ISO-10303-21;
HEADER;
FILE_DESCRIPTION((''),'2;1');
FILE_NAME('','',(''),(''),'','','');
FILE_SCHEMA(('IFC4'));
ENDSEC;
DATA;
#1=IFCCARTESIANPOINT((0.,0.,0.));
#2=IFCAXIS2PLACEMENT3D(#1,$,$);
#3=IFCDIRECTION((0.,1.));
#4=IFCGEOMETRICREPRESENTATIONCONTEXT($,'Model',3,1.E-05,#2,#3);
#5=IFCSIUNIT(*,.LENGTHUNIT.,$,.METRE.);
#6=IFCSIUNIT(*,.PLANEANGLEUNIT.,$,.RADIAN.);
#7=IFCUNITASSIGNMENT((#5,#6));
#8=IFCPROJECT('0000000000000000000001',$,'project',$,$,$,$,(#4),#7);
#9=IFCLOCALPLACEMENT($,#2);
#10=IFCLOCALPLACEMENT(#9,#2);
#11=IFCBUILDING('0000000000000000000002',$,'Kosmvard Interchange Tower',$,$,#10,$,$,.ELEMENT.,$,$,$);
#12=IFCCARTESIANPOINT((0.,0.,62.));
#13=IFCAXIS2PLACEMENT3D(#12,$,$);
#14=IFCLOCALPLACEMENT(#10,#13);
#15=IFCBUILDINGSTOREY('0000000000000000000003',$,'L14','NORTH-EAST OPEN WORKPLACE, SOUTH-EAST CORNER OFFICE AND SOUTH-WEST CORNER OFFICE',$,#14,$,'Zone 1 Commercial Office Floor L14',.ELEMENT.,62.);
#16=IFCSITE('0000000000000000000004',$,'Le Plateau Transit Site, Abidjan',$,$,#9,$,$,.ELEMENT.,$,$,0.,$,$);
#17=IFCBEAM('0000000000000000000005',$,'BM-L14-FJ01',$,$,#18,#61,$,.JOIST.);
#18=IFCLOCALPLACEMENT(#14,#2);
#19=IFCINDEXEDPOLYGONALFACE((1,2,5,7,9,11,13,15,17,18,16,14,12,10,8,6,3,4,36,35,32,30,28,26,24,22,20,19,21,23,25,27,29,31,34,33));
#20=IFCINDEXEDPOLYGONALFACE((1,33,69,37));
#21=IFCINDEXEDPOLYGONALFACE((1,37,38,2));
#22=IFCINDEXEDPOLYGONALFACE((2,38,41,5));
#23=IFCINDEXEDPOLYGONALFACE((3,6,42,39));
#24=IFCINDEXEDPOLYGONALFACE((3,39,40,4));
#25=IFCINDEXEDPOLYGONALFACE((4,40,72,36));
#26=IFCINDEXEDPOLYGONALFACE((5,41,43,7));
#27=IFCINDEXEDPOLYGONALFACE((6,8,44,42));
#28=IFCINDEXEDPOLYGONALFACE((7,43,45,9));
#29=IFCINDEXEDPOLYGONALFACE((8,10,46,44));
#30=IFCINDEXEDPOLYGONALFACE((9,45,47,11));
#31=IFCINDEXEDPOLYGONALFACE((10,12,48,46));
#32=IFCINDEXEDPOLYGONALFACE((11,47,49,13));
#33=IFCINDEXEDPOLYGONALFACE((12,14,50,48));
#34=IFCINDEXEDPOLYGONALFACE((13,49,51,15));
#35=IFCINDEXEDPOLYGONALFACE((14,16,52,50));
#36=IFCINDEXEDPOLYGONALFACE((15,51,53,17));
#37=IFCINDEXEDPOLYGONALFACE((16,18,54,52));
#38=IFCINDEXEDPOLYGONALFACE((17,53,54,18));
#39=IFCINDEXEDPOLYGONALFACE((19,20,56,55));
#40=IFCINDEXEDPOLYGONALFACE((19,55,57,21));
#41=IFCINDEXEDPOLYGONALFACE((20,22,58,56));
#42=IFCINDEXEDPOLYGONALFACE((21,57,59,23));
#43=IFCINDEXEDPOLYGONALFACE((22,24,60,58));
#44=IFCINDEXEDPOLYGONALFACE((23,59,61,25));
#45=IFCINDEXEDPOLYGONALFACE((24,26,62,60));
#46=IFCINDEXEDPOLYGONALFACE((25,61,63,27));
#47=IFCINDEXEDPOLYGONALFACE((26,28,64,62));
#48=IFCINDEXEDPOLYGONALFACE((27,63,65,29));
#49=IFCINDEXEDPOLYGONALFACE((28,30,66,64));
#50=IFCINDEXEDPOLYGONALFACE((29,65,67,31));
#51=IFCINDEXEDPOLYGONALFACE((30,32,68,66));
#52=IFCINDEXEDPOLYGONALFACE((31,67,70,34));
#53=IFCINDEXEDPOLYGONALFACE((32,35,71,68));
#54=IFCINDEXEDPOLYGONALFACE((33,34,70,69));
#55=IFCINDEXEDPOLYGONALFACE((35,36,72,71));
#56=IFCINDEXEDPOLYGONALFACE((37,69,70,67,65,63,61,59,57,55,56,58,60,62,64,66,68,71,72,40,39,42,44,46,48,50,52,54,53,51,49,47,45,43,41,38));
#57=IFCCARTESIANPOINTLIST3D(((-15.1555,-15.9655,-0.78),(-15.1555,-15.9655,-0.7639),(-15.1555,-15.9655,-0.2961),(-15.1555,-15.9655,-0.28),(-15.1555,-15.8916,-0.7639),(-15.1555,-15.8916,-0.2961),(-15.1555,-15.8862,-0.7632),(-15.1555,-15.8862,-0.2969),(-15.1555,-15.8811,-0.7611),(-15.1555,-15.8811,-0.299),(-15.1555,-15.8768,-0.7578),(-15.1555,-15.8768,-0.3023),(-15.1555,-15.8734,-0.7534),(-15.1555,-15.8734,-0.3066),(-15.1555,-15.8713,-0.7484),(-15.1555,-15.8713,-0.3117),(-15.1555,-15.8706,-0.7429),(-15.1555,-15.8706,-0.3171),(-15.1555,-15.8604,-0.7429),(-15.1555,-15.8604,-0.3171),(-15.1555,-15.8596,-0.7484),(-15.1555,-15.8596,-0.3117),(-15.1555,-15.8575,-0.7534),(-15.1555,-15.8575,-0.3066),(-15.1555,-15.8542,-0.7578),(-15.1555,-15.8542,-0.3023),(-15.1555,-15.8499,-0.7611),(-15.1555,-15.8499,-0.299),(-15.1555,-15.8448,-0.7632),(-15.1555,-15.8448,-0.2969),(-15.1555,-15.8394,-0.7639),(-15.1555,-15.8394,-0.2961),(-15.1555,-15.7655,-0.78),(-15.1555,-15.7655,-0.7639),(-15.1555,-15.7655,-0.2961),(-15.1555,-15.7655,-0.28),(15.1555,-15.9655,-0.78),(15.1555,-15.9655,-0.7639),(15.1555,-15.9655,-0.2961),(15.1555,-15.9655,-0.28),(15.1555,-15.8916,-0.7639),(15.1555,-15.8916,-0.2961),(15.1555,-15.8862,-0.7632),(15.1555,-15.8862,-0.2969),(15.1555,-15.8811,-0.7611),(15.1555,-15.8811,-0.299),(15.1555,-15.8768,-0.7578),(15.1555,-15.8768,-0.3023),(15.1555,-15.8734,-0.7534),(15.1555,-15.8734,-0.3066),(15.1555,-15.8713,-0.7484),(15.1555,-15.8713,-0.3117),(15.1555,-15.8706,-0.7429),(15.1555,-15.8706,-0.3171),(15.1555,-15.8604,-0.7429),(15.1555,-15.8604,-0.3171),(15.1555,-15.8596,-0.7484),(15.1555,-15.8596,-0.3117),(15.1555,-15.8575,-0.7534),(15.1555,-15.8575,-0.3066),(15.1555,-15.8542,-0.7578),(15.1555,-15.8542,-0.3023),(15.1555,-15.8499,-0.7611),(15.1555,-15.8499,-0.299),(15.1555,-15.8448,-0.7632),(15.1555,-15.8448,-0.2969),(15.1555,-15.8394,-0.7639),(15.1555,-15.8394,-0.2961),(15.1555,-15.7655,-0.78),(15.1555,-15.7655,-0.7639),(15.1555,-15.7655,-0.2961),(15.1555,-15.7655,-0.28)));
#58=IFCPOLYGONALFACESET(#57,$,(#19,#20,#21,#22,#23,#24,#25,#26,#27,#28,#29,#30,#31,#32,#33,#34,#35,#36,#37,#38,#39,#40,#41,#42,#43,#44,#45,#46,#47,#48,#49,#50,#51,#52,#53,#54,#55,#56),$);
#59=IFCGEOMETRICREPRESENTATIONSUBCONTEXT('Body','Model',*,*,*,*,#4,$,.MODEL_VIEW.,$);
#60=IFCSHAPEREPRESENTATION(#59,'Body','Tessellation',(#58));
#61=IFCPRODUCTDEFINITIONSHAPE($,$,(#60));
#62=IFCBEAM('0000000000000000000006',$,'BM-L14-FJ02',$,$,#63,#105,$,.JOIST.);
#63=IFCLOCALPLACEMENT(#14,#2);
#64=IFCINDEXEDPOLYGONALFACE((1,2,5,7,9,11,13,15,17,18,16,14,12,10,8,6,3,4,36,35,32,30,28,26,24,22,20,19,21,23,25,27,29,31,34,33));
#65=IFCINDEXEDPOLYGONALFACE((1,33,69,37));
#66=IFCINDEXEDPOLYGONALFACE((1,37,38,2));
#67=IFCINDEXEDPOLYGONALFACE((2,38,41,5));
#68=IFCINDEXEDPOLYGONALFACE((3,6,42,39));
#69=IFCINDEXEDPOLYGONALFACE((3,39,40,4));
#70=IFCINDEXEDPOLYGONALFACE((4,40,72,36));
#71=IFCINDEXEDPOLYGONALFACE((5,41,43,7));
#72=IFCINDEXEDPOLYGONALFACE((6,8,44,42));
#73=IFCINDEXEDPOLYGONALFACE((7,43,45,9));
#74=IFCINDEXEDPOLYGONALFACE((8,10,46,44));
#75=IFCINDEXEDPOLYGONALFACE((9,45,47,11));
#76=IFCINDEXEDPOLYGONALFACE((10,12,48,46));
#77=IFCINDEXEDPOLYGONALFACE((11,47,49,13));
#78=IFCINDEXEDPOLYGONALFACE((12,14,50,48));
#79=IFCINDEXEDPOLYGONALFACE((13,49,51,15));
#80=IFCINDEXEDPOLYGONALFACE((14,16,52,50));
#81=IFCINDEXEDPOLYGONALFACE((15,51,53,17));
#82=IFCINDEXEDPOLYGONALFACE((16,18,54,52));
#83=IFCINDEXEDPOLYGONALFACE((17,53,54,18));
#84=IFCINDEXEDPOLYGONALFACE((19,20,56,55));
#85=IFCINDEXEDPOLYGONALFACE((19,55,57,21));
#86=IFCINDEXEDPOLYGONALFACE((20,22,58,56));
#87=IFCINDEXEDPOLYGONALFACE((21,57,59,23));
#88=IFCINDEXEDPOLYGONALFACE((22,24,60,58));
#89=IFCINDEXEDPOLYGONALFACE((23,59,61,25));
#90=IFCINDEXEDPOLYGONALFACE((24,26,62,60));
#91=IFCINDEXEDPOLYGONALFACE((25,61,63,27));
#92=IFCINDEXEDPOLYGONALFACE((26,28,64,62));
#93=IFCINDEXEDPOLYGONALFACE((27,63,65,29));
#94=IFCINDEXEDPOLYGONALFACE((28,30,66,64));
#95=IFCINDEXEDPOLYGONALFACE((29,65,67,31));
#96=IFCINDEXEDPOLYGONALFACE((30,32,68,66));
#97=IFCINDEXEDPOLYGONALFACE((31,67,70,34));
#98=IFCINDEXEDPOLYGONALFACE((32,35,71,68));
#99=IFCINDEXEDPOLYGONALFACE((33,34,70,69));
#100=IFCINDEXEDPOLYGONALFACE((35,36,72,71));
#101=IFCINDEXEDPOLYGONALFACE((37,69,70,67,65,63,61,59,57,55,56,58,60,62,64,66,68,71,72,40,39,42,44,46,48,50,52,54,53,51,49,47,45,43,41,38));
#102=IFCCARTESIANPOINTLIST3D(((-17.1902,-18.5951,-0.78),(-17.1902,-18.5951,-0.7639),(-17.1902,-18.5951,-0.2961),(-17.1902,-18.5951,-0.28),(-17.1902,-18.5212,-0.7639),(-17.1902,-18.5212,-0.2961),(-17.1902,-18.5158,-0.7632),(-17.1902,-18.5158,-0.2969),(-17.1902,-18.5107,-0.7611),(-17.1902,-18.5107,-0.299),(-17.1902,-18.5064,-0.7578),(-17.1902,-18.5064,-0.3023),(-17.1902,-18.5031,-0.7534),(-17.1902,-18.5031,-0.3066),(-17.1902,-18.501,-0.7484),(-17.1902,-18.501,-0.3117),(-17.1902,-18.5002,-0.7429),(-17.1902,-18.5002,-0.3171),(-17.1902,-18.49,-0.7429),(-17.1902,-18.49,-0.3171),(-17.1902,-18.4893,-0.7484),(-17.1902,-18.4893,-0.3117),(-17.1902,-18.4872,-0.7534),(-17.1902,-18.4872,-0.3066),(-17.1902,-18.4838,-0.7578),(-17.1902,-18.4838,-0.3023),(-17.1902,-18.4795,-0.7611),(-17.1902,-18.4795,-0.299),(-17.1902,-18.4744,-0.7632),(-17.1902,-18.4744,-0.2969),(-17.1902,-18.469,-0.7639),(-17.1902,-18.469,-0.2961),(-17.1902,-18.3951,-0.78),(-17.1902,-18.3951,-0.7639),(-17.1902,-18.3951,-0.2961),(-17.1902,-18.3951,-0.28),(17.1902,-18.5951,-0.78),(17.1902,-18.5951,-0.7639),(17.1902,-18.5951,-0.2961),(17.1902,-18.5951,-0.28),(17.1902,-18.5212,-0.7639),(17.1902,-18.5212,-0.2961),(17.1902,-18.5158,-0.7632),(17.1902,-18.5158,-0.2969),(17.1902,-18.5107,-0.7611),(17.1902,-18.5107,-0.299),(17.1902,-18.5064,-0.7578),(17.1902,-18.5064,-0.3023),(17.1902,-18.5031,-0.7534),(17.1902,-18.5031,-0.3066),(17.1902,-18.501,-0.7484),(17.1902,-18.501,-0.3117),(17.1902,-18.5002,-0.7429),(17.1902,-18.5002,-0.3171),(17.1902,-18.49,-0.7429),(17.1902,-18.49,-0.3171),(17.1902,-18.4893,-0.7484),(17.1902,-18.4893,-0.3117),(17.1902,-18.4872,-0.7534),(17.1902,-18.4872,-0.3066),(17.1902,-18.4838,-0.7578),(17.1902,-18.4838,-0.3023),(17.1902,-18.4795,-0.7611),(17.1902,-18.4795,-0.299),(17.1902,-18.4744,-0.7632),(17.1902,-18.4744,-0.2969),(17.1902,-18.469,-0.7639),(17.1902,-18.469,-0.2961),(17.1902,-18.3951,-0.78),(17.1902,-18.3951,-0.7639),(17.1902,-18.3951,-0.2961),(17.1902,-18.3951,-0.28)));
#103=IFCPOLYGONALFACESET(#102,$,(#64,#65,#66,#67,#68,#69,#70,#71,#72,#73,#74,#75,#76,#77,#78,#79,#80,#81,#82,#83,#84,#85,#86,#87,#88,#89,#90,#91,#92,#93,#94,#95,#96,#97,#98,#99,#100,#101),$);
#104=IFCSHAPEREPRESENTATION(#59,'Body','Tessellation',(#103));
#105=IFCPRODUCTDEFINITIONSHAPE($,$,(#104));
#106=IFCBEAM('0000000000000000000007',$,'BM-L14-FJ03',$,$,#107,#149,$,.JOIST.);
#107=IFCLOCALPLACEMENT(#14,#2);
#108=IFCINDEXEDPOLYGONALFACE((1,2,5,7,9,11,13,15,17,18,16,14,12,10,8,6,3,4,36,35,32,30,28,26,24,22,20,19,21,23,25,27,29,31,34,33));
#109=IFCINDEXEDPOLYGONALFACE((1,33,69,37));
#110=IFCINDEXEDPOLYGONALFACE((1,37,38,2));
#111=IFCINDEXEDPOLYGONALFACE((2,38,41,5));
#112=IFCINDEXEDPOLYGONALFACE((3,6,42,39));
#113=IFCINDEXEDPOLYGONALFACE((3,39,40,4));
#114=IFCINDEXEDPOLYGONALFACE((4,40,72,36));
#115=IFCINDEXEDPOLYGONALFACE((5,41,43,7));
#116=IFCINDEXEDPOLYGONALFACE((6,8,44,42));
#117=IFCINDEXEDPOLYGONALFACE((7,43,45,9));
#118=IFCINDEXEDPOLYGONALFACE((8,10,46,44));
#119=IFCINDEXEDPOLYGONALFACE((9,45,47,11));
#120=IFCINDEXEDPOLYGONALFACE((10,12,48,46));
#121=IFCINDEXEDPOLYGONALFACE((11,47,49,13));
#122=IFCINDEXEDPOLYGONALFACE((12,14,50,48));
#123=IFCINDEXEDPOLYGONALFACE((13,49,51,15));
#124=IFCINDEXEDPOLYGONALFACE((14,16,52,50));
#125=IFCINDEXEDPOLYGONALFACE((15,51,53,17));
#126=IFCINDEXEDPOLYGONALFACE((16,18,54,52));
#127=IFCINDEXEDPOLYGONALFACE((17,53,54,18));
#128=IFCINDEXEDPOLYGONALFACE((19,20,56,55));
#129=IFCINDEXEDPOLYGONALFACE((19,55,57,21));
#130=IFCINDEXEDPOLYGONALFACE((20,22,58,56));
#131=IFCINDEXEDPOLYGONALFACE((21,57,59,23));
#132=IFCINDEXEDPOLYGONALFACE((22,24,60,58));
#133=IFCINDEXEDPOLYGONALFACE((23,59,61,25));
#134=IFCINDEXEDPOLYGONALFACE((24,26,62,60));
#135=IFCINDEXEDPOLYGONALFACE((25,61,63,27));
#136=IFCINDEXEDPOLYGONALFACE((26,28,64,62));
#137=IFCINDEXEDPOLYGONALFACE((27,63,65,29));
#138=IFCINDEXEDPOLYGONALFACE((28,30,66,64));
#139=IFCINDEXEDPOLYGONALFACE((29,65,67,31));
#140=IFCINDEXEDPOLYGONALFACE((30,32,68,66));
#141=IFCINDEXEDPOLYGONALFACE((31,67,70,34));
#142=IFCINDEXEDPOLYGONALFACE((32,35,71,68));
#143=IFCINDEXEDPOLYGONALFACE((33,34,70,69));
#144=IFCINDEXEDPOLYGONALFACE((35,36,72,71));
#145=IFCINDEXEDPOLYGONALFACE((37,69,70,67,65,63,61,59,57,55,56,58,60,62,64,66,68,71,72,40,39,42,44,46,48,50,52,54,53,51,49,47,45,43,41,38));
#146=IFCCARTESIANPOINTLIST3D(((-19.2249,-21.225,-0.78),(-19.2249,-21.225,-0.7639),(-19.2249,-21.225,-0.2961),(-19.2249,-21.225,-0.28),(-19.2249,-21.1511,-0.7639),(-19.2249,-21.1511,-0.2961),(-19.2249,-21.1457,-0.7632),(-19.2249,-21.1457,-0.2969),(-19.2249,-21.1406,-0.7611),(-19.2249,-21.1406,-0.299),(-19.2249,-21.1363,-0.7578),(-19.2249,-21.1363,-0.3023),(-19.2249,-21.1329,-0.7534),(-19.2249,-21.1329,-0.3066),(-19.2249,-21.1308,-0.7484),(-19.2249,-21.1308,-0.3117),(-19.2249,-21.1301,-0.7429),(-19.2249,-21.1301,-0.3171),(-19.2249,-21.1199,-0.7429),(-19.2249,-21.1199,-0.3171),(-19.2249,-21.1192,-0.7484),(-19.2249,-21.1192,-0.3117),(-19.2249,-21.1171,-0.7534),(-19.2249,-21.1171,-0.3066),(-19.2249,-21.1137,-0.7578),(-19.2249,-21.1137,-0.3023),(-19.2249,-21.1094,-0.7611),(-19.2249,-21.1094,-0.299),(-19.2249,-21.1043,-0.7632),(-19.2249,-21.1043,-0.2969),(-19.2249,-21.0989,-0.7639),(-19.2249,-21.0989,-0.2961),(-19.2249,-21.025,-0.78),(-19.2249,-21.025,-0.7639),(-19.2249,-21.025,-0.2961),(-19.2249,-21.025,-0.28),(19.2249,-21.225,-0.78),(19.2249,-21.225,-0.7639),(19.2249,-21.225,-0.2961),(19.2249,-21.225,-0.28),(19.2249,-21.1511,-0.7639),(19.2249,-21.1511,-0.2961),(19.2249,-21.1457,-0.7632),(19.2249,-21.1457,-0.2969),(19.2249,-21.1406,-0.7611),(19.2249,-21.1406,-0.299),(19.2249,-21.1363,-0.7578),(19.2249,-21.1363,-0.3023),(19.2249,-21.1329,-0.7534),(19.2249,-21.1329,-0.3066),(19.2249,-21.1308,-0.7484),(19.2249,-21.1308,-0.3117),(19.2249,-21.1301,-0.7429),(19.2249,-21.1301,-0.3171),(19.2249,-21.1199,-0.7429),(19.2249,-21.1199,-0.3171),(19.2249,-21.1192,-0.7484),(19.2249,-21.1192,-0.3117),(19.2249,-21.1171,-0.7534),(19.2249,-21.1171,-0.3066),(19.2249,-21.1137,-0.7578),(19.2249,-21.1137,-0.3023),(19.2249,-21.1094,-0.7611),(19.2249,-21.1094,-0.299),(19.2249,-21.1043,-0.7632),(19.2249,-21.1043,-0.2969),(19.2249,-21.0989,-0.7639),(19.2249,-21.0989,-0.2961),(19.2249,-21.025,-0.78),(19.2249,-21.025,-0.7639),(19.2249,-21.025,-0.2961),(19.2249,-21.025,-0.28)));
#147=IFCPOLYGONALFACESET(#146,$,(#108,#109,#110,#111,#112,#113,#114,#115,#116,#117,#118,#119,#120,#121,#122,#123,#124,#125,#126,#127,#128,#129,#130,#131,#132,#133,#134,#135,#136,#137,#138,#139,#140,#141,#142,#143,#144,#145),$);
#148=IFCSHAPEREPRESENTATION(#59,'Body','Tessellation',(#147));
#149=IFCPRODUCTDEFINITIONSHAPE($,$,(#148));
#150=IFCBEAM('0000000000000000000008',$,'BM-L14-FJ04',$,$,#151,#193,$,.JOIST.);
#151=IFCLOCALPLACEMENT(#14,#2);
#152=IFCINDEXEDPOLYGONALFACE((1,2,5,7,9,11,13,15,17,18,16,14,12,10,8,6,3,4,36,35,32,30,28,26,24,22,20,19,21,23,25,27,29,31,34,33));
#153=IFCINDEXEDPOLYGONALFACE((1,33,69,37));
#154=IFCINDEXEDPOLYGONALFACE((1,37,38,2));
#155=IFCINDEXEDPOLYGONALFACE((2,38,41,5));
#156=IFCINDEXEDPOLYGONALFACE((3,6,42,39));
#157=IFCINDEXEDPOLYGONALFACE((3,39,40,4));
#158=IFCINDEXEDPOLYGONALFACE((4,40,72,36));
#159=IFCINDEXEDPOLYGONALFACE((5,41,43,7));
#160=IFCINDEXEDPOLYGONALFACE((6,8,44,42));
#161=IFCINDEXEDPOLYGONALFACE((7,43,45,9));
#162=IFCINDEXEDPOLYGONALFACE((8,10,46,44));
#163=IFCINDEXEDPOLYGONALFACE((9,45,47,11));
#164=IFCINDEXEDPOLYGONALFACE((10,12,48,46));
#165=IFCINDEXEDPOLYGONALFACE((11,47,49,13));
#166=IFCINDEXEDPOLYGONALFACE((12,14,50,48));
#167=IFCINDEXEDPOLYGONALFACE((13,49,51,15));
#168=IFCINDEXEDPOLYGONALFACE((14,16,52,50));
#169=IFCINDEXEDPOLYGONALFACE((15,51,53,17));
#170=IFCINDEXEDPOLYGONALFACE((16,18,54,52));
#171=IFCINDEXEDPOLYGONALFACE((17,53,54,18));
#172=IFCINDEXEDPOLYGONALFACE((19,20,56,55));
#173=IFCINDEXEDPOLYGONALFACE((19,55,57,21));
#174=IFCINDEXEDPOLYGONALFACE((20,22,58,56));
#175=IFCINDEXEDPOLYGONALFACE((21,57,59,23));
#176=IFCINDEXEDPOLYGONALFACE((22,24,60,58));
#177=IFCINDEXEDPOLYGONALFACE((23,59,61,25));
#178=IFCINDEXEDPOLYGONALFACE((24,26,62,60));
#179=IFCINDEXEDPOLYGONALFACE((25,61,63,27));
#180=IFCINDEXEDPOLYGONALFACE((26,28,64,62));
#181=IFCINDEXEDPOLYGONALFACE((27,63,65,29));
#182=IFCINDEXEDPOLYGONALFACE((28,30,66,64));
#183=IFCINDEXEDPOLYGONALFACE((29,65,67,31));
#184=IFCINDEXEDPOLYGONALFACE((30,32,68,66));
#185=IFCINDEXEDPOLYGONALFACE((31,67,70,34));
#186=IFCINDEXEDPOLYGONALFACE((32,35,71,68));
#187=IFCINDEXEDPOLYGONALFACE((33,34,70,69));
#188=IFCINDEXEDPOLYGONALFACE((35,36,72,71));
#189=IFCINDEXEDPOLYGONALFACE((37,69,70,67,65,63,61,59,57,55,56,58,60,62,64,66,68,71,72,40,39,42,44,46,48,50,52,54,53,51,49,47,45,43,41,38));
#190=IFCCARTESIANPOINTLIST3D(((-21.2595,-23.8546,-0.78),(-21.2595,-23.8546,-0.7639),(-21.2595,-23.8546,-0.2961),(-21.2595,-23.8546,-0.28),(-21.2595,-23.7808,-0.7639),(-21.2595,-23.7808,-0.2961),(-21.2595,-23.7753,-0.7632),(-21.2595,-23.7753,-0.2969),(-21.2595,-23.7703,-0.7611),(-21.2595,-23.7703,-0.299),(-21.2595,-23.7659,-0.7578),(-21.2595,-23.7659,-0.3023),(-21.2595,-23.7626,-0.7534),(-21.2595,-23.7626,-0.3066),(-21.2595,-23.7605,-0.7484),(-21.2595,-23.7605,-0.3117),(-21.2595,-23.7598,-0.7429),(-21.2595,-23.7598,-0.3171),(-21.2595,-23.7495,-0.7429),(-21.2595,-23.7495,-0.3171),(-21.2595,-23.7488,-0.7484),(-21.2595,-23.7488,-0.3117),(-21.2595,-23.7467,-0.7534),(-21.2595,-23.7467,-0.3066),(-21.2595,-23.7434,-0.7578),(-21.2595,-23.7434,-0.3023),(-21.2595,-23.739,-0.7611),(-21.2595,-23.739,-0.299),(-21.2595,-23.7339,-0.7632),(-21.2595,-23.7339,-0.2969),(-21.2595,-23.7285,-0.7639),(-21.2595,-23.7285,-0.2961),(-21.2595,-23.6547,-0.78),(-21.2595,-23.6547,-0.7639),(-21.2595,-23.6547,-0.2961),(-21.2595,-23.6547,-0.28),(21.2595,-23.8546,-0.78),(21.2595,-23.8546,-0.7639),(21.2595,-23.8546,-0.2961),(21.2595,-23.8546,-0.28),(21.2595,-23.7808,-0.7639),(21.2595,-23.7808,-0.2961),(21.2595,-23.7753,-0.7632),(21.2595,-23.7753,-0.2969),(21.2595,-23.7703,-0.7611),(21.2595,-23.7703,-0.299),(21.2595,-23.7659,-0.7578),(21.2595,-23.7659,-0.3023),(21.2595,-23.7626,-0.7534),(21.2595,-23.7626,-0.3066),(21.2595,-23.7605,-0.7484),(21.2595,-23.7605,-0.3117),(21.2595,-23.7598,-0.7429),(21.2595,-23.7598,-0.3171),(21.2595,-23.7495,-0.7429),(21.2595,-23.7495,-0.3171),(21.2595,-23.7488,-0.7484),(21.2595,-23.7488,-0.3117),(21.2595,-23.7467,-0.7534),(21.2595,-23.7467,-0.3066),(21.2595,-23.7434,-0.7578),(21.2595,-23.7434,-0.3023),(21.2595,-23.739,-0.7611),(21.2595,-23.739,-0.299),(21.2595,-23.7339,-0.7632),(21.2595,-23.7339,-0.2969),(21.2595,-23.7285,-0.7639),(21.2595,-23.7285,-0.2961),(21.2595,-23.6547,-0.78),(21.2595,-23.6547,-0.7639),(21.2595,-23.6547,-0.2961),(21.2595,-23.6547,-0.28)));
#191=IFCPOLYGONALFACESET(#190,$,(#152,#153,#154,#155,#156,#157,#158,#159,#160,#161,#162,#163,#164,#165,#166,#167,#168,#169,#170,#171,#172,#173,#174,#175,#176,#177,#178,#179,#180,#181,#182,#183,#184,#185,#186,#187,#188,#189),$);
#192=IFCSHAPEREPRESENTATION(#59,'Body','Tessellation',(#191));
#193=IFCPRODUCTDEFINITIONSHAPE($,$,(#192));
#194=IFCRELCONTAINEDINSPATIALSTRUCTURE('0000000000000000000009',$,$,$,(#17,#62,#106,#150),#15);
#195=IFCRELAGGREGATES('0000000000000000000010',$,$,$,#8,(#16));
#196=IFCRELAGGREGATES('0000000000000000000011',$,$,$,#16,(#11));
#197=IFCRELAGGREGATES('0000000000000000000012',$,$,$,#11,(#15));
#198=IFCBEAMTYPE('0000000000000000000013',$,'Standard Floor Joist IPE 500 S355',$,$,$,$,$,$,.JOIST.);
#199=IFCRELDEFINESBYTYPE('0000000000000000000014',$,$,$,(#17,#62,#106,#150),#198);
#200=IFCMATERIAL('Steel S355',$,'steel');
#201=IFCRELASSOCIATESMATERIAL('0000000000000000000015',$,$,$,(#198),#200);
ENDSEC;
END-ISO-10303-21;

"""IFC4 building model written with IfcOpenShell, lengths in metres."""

from ifc_helpers import new_model, si_unit, direction, frame, origin, origin_2d, place, context, subcontext, project, spatial, i_section, extrude, source, transform, mapped, material, material_profile, profile_set, type_object, element, save


model = new_model("IFC4")

# Units and contexts
model_context = context("Model", 3, precision=1e-05, world=origin(), true_north=direction((0.0, 1.0)))
body_context = subcontext(model_context, "Body", "Model", "MODEL_VIEW")
ifc_project = project(units=[si_unit("LENGTHUNIT", "METRE"), si_unit("PLANEANGLEUNIT", "RADIAN")], contexts=[model_context])

# Site, building, storey
site_placement = place(None, origin())
site = spatial("IfcSite", under=ifc_project, at=site_placement, Name="Le Plateau Transit Site, Abidjan", CompositionType="ELEMENT", RefElevation=0.0)
building_placement = place(site_placement, origin())
building = spatial("IfcBuilding", under=site, at=building_placement, Name="Kosmvard Interchange Tower", CompositionType="ELEMENT")
storey_placement = place(building_placement, frame((0.0, 0.0, 62.0)))
storey = spatial("IfcBuildingStorey", under=building, at=storey_placement, Name="L14", Description="NORTH-EAST OPEN WORKPLACE, SOUTH-EAST CORNER OFFICE AND SOUTH-WEST CORNER OFFICE", LongName="Zone 1 Commercial Office Floor L14", CompositionType="ELEMENT", Elevation=62.0)

# Beams
ifc_material_1 = material(Name="Steel S355", Category="steel")
ifc_material_profile_1 = material_profile(ifc_material_1, i_section(OverallWidth=0.2, OverallDepth=0.5, WebThickness=0.0103, FlangeThickness=0.0161, FilletRadius=0.021, at=origin_2d()), Name="IPE 500")
ifc_profile_set_1 = profile_set([ifc_material_profile_1], Name="Steel S355")
beam_type_1 = type_object("IfcBeamType", Name="Standard Floor Joist IPE 500 S355", PredefinedType="JOIST", material=ifc_profile_set_1)
shared_shape_1 = source(origin(), body_context, "Body", "SweptSolid", [
    extrude(i_section(OverallWidth=0.2, OverallDepth=0.5, WebThickness=0.0103, FlangeThickness=0.0161, FilletRadius=0.021, at=origin_2d()), origin(), (0.0, 0.0, 1.0), 30.311),
])
beam_1_placement = place(storey_placement, frame((-15.1555, -15.8655, -0.53), z_axis=(1.0, 0.0, 0.0), x_axis=(0.0, 1.0, 0.0)))
element("IfcBeam", 1, at=beam_1_placement, inside=storey, type_object=beam_type_1, Name="BM-L14-FJ01", PredefinedType="JOIST", context=body_context, shape_type="MappedRepresentation", body=[
    mapped(shared_shape_1, transform((0.0, 0.0, 0.0), scale=1.0)),
])
shared_shape_2 = source(origin(), body_context, "Body", "SweptSolid", [
    extrude(i_section(OverallWidth=0.2, OverallDepth=0.5, WebThickness=0.0103, FlangeThickness=0.0161, FilletRadius=0.021, at=origin_2d()), origin(), (0.0, 0.0, 1.0), 34.3804),
])
beam_2_placement = place(storey_placement, frame((-17.1902, -18.4951, -0.53), z_axis=(1.0, 0.0, 0.0), x_axis=(0.0, 1.0, 0.0)))
element("IfcBeam", 2, at=beam_2_placement, inside=storey, type_object=beam_type_1, Name="BM-L14-FJ02", PredefinedType="JOIST", context=body_context, shape_type="MappedRepresentation", body=[
    mapped(shared_shape_2, transform((0.0, 0.0, 0.0), scale=1.0)),
])
shared_shape_3 = source(origin(), body_context, "Body", "SweptSolid", [
    extrude(i_section(OverallWidth=0.2, OverallDepth=0.5, WebThickness=0.0103, FlangeThickness=0.0161, FilletRadius=0.021, at=origin_2d()), origin(), (0.0, 0.0, 1.0), 38.4497),
])
beam_3_placement = place(storey_placement, frame((-19.2249, -21.125, -0.53), z_axis=(1.0, 0.0, 0.0), x_axis=(0.0, 1.0, 0.0)))
element("IfcBeam", 3, at=beam_3_placement, inside=storey, type_object=beam_type_1, Name="BM-L14-FJ03", PredefinedType="JOIST", context=body_context, shape_type="MappedRepresentation", body=[
    mapped(shared_shape_3, transform((0.0, 0.0, 0.0), scale=1.0)),
])
shared_shape_4 = source(origin(), body_context, "Body", "SweptSolid", [
    extrude(i_section(OverallWidth=0.2, OverallDepth=0.5, WebThickness=0.0103, FlangeThickness=0.0161, FilletRadius=0.021, at=origin_2d()), origin(), (0.0, 0.0, 1.0), 42.519),
])
beam_4_placement = place(storey_placement, frame((-21.2595, -23.7546, -0.53), z_axis=(1.0, 0.0, 0.0), x_axis=(0.0, 1.0, 0.0)))
element("IfcBeam", 4, at=beam_4_placement, inside=storey, type_object=beam_type_1, Name="BM-L14-FJ04", PredefinedType="JOIST", context=body_context, shape_type="MappedRepresentation", body=[
    mapped(shared_shape_4, transform((0.0, 0.0, 0.0), scale=1.0)),
])

save(model, "model.ifc")
